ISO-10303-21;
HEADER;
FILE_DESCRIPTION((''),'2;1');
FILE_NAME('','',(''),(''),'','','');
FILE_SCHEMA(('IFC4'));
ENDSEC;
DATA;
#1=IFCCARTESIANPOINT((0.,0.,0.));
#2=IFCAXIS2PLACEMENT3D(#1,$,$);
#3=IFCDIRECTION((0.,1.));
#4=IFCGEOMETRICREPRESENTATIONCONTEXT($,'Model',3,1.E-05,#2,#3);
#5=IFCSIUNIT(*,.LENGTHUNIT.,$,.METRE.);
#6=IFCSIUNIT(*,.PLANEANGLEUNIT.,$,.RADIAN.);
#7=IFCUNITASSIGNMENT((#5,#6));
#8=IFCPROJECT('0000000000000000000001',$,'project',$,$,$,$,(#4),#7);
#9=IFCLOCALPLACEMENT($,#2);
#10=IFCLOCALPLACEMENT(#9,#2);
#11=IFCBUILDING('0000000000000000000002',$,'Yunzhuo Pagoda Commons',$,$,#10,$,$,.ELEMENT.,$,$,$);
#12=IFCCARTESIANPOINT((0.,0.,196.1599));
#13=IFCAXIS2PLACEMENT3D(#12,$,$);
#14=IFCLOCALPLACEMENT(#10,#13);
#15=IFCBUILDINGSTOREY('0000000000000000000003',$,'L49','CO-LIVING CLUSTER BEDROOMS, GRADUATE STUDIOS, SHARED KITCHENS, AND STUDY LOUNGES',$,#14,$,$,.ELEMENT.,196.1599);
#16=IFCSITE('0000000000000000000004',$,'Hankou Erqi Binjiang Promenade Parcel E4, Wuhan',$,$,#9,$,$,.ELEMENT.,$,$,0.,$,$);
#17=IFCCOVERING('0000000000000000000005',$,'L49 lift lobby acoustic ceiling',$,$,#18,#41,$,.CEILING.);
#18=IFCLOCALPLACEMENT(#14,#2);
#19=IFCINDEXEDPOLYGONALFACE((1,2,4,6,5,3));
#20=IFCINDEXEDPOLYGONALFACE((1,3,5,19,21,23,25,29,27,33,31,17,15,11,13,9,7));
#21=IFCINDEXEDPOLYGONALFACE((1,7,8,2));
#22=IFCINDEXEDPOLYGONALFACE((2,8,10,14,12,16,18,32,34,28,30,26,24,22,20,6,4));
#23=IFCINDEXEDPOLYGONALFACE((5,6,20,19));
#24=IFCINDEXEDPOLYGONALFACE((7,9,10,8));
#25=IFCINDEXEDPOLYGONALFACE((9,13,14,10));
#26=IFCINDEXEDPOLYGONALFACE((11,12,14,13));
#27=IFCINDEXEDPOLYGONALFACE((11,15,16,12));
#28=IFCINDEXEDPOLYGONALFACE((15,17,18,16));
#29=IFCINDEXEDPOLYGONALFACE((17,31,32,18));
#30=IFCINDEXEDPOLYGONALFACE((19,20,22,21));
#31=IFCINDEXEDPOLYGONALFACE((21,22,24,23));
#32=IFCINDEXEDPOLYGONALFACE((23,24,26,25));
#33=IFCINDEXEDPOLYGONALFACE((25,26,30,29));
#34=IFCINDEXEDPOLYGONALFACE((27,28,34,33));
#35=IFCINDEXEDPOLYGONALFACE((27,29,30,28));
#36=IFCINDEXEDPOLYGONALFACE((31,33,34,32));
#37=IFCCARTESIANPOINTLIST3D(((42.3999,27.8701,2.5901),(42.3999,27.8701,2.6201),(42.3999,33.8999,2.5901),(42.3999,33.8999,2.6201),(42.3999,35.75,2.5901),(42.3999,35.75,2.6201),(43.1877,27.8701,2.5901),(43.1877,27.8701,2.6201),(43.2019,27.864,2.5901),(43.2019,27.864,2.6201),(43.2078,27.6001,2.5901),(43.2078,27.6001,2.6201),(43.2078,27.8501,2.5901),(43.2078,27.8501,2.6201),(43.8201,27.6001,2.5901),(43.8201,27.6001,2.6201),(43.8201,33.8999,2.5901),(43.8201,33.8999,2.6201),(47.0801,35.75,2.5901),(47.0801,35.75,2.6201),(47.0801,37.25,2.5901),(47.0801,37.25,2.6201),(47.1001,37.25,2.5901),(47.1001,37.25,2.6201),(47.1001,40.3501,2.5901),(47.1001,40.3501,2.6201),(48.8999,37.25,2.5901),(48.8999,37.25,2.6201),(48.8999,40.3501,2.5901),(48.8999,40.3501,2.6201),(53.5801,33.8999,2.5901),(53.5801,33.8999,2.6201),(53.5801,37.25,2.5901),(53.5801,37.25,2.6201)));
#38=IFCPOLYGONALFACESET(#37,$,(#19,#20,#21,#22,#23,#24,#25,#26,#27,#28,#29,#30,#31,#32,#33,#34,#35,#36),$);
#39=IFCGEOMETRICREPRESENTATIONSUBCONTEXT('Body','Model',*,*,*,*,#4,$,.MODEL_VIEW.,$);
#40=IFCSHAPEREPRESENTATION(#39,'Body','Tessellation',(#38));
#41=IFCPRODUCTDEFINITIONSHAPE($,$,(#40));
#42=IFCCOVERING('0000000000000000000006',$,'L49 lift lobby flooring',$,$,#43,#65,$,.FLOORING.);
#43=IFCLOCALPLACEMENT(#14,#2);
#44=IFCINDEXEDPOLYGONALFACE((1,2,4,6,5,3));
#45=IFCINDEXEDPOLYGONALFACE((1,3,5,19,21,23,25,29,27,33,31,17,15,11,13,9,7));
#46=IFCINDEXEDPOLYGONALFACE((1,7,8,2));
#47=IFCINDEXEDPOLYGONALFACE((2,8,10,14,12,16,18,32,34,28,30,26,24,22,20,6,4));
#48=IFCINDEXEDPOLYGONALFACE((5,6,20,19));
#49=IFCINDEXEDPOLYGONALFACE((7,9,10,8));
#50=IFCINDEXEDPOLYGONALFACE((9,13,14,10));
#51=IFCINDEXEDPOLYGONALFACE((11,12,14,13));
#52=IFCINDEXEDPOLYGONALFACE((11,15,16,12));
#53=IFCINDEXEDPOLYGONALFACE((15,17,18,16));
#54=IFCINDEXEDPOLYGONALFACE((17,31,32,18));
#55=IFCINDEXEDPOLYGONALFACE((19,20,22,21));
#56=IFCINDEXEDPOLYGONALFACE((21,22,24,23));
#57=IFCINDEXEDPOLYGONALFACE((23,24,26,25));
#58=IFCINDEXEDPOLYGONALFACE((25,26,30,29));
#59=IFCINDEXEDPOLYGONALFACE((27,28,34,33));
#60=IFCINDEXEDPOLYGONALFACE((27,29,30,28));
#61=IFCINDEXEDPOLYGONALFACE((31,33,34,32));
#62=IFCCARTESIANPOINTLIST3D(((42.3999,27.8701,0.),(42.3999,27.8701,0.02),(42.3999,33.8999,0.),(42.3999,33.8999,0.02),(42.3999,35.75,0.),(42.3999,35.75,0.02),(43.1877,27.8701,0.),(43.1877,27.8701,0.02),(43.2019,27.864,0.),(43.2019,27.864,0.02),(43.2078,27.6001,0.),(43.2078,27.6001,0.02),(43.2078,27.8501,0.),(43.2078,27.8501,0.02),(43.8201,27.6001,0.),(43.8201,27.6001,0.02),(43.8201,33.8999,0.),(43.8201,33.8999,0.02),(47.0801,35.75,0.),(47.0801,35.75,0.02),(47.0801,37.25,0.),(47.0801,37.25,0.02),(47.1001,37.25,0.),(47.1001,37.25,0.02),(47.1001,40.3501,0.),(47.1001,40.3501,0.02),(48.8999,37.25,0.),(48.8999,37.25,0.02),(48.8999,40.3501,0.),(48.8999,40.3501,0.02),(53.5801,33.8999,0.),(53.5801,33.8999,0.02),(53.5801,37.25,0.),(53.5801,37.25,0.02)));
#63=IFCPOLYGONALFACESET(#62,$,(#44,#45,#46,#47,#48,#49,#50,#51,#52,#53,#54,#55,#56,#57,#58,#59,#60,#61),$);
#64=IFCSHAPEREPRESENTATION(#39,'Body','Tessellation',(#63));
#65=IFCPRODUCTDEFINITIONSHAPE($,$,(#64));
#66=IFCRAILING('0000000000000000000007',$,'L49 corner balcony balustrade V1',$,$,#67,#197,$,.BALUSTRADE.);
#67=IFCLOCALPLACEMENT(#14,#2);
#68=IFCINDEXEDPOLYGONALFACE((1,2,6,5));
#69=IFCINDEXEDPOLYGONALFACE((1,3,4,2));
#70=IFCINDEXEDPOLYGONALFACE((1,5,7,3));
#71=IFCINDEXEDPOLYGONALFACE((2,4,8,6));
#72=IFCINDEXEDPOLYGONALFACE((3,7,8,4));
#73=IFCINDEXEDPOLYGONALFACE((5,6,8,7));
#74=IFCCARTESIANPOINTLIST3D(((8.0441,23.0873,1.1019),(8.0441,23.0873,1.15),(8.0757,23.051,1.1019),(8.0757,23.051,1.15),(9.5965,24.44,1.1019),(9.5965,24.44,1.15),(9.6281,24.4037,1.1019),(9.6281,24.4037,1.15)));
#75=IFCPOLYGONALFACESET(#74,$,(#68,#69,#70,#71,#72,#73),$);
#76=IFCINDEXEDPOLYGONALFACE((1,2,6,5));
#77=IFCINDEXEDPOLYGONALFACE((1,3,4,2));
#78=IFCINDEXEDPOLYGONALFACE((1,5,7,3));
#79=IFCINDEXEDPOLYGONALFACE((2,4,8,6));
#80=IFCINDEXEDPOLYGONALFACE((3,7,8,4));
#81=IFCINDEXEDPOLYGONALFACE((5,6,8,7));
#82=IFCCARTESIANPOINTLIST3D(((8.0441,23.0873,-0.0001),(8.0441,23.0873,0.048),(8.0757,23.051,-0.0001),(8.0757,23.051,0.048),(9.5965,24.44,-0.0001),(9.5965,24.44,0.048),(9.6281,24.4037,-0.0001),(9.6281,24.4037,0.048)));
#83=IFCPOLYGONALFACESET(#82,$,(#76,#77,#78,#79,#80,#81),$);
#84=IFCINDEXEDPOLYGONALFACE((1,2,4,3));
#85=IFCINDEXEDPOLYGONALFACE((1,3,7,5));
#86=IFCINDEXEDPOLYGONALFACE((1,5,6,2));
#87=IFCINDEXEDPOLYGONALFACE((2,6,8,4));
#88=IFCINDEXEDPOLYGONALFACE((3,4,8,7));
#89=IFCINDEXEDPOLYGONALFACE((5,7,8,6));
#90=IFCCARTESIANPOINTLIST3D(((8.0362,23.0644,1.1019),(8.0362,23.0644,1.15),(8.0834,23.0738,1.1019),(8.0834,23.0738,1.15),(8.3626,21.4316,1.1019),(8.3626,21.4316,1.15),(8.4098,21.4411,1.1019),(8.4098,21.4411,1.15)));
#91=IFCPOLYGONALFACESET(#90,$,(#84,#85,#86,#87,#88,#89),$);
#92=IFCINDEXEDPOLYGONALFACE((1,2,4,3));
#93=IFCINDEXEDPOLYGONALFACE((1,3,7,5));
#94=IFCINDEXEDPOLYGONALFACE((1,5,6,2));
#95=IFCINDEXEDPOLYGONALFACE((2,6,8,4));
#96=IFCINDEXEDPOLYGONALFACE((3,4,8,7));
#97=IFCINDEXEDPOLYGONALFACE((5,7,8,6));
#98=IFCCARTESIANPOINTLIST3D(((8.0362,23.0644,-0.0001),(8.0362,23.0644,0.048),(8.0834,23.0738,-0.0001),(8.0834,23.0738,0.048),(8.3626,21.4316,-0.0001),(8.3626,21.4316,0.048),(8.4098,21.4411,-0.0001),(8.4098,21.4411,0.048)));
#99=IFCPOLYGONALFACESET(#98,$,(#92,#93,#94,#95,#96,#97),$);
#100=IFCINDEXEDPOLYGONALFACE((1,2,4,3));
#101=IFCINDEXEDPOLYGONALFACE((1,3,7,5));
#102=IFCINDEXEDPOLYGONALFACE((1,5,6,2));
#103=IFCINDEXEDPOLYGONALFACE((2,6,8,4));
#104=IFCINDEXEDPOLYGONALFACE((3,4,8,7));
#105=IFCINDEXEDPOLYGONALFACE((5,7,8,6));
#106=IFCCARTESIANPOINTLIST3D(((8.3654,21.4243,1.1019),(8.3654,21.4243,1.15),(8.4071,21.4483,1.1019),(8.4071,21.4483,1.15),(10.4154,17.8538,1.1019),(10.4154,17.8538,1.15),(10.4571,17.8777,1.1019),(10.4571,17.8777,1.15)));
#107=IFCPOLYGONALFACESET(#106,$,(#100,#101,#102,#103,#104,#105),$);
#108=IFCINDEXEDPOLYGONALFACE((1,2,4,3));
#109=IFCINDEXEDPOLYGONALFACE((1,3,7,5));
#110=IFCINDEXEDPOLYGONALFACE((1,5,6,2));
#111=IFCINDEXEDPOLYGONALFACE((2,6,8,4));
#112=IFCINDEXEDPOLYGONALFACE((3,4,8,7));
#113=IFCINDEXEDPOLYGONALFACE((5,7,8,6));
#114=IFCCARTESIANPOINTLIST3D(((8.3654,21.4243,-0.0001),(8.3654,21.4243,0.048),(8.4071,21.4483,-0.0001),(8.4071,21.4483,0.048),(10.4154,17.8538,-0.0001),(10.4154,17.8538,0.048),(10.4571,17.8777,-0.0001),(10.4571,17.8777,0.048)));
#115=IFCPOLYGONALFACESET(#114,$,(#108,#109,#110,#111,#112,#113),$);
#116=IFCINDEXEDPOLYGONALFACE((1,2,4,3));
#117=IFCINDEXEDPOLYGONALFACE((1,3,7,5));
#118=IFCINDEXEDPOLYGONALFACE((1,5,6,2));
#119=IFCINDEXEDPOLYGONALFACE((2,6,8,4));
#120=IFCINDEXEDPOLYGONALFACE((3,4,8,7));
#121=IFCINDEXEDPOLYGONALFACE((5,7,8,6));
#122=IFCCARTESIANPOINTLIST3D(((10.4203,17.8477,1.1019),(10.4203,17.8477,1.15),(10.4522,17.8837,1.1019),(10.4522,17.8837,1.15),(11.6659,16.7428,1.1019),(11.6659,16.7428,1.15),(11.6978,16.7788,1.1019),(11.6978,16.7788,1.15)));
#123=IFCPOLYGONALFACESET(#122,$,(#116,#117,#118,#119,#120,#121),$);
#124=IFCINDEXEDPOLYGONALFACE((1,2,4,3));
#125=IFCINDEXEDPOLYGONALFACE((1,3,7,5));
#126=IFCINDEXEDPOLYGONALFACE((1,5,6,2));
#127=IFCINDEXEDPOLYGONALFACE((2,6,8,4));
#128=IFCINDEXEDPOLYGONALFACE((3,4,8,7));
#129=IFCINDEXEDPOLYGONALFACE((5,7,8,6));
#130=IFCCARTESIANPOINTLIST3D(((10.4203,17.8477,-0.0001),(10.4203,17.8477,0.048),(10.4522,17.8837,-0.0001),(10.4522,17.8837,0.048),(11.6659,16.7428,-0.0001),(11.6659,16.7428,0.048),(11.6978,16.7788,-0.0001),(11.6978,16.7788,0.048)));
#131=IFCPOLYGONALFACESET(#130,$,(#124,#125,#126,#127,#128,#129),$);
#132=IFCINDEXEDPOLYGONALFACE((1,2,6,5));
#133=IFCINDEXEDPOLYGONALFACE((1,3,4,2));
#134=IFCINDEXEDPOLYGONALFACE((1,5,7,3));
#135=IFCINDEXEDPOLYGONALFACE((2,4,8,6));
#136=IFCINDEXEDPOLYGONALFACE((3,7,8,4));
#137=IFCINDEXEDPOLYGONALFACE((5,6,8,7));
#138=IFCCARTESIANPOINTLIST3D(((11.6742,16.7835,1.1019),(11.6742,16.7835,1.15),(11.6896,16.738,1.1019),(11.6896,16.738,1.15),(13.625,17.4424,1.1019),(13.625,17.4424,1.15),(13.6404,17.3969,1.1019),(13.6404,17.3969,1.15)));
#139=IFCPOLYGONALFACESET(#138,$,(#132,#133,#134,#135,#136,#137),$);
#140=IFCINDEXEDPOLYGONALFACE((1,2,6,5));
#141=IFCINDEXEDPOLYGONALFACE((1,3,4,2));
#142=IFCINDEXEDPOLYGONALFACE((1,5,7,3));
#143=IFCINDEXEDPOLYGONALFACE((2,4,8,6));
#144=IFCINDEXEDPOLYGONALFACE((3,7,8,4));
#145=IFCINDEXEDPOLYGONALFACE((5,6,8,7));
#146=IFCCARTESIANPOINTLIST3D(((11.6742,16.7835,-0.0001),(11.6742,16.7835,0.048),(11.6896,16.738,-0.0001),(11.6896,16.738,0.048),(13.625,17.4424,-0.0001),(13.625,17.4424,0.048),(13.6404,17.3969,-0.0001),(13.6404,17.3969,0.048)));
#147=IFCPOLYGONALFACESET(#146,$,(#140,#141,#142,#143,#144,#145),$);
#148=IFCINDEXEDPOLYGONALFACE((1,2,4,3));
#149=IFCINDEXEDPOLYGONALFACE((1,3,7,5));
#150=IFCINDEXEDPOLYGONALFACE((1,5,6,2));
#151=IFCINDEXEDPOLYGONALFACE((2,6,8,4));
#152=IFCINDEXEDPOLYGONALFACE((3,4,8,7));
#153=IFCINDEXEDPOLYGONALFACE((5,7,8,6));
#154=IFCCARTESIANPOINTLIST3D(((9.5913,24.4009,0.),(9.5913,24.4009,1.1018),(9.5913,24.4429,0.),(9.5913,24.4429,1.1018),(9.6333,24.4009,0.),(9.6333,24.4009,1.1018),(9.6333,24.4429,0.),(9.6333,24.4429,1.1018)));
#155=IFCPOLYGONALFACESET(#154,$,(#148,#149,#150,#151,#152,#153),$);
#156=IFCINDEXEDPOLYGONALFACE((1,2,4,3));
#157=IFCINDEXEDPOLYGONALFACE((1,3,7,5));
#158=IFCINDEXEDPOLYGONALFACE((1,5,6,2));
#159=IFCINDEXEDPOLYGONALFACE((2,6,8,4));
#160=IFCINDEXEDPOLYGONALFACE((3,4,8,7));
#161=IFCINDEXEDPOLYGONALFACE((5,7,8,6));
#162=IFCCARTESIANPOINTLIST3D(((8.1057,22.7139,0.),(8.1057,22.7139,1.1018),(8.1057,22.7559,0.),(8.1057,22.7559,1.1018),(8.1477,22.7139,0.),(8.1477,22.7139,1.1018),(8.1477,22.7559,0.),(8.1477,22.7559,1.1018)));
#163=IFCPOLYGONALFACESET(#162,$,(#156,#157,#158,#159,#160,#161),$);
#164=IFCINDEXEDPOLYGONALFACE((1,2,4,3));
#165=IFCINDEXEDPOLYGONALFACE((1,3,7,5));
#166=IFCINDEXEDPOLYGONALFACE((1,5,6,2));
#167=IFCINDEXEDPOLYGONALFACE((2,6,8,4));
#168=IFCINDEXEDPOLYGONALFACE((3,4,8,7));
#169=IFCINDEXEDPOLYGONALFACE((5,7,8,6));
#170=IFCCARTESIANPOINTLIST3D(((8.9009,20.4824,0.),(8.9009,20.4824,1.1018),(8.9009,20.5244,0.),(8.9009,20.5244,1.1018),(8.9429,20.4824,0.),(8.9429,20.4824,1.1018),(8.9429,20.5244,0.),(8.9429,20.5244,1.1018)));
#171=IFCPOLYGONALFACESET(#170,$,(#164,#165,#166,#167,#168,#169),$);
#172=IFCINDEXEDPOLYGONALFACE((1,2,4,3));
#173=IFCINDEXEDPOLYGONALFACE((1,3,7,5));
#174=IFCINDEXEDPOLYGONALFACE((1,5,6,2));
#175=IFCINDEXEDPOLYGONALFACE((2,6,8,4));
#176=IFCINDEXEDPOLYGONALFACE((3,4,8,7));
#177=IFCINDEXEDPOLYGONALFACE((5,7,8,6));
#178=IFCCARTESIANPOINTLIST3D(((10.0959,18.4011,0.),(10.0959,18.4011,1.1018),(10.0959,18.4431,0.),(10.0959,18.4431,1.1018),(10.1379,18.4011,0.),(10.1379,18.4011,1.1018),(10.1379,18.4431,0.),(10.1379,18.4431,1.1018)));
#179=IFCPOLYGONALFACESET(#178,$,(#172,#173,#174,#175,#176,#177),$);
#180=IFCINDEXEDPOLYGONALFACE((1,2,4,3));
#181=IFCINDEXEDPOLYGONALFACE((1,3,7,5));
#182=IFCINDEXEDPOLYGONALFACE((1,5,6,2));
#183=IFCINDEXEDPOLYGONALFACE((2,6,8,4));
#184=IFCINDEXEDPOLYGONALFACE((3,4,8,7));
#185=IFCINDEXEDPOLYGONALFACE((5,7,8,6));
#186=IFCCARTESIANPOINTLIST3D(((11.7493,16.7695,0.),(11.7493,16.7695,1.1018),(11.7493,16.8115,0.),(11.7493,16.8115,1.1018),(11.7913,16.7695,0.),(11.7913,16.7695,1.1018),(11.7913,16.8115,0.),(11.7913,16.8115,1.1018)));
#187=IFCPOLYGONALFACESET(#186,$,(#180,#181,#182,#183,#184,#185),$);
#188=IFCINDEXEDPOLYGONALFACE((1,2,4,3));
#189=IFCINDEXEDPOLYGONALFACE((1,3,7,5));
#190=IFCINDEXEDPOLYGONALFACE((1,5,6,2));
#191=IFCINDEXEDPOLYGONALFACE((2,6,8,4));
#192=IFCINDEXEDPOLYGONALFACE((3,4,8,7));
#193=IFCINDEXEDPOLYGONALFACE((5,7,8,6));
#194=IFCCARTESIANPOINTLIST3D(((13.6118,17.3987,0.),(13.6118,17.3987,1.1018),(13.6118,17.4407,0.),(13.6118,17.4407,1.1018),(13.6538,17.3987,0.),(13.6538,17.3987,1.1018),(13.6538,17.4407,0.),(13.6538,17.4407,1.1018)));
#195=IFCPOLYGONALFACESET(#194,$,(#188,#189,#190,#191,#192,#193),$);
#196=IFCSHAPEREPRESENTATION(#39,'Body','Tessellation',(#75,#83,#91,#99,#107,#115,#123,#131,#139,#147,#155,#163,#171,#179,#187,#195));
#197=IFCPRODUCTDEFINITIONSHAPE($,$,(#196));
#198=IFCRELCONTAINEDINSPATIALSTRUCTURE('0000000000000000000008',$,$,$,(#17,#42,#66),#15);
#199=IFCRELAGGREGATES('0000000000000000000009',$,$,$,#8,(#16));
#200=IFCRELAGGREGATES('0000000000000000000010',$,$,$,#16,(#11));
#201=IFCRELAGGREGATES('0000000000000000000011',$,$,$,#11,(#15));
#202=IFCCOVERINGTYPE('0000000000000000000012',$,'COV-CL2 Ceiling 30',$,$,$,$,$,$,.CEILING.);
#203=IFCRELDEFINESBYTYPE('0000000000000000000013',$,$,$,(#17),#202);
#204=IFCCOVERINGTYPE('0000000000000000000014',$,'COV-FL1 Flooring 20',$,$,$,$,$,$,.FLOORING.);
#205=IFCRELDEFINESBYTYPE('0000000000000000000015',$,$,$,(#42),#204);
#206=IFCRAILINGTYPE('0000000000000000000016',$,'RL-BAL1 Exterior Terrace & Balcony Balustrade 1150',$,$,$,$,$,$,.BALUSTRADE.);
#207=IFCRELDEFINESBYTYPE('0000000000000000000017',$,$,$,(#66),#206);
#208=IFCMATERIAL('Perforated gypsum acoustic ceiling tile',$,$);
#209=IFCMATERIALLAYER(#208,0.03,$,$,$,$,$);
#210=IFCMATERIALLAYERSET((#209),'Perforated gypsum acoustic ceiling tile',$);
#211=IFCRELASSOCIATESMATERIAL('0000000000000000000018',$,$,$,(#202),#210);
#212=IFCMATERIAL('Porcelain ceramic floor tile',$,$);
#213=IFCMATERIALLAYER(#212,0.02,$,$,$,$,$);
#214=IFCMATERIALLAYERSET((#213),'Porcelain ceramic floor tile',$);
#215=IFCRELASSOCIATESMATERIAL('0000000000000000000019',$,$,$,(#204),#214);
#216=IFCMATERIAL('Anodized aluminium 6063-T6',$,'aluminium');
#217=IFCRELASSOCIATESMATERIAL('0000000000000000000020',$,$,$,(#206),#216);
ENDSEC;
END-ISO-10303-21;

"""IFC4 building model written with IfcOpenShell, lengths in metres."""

from ifc_helpers import new_model, si_unit, direction, frame, origin, origin_2d, place, context, subcontext, project, spatial, polyline, rectangle, outline, extrude, material, layer, layer_set, type_object, element, save


model = new_model("IFC4")

# Units and contexts
model_context = context("Model", 3, precision=1e-05, world=origin(), true_north=direction((0.0, 1.0)))
body_context = subcontext(model_context, "Body", "Model", "MODEL_VIEW")
ifc_project = project(units=[si_unit("LENGTHUNIT", "METRE"), si_unit("PLANEANGLEUNIT", "RADIAN")], contexts=[model_context])

# Site, building, storey
site_placement = place(None, origin())
site = spatial("IfcSite", under=ifc_project, at=site_placement, Name="Hankou Erqi Binjiang Promenade Parcel E4, Wuhan", CompositionType="ELEMENT", RefElevation=0.0)
building_placement = place(site_placement, origin())
building = spatial("IfcBuilding", under=site, at=building_placement, Name="Yunzhuo Pagoda Commons", CompositionType="ELEMENT")
storey_placement = place(building_placement, frame((0.0, 0.0, 196.1599)))
storey = spatial("IfcBuildingStorey", under=building, at=storey_placement, Name="L49", Description="CO-LIVING CLUSTER BEDROOMS, GRADUATE STUDIOS, SHARED KITCHENS, AND STUDY LOUNGES", CompositionType="ELEMENT", Elevation=196.1599)

# Shared definitions
ifc_material_1 = material(Name="Anodized aluminium 6063-T6", Category="aluminium")

# Coverings
ifc_material_2 = material(Name="Perforated gypsum acoustic ceiling tile")
ifc_layer_1 = layer(ifc_material_2, 0.03)
ifc_layer_set_1 = layer_set([ifc_layer_1], Name="Perforated gypsum acoustic ceiling tile")
covering_type_1 = type_object("IfcCoveringType", Name="COV-CL2 Ceiling 30", PredefinedType="CEILING", material=ifc_layer_set_1)
covering_1_placement = place(storey_placement, frame((0.0, 0.0, 2.5901)))
element("IfcCovering", 1, at=covering_1_placement, inside=storey, type_object=covering_type_1, Name="L49 lift lobby acoustic ceiling", PredefinedType="CEILING", context=body_context, shape_type="SweptSolid", body=[
    extrude(outline(polyline([(42.3999, 35.75), (47.0801, 35.75), (47.0801, 37.25), (47.1001, 37.25), (47.1001, 40.3501), (48.8999, 40.3501), (48.8999, 37.25), (53.5801, 37.25), (53.5801, 33.8999), (43.8201, 33.8999), (43.8201, 27.6001), (43.2078, 27.6001), (43.2078, 27.8501), (43.2019, 27.864), (43.1877, 27.8701), (42.3999, 27.8701), (42.3999, 33.8999), (42.3999, 35.75)])), origin(), (0.0, 0.0, 1.0), 0.03),
])
ifc_material_3 = material(Name="Porcelain ceramic floor tile")
ifc_layer_2 = layer(ifc_material_3, 0.02)
ifc_layer_set_2 = layer_set([ifc_layer_2], Name="Porcelain ceramic floor tile")
covering_type_2 = type_object("IfcCoveringType", Name="COV-FL1 Flooring 20", PredefinedType="FLOORING", material=ifc_layer_set_2)
covering_2_placement = place(storey_placement, origin())
element("IfcCovering", 2, at=covering_2_placement, inside=storey, type_object=covering_type_2, Name="L49 lift lobby flooring", PredefinedType="FLOORING", context=body_context, shape_type="SweptSolid", body=[
    extrude(outline(polyline([(42.3999, 35.75), (47.0801, 35.75), (47.0801, 37.25), (47.1001, 37.25), (47.1001, 40.3501), (48.8999, 40.3501), (48.8999, 37.25), (53.5801, 37.25), (53.5801, 33.8999), (43.8201, 33.8999), (43.8201, 27.6001), (43.2078, 27.6001), (43.2078, 27.8501), (43.2019, 27.864), (43.1877, 27.8701), (42.3999, 27.8701), (42.3999, 33.8999), (42.3999, 35.75)])), origin(), (0.0, 0.0, 1.0), 0.02),
])

# Railing
railing_type = type_object("IfcRailingType", Name="RL-BAL1 Exterior Terrace & Balcony Balustrade 1150", PredefinedType="BALUSTRADE", material=ifc_material_1)
railing_placement = place(storey_placement, frame((9.6123, 24.4219, 0.0)))
element("IfcRailing", 3, at=railing_placement, inside=storey, type_object=railing_type, Name="L49 corner balcony balustrade V1", PredefinedType="BALUSTRADE", context=body_context, shape_type="SweptSolid", body=[
    extrude(rectangle(XDim=0.0481, YDim=0.0481, at=origin_2d()), frame((0.0, 0.0, 1.126), z_axis=(-0.753934, -0.65695, 0.0), x_axis=(0.65695, -0.753934, 0.0)), (0.0, 0.0, 1.0), 2.0591),
    extrude(rectangle(XDim=0.0481, YDim=0.0481, at=origin_2d()), frame((0.0, 0.0, 0.0239), z_axis=(-0.753934, -0.65695, 0.0), x_axis=(0.65695, -0.753934, 0.0)), (0.0, 0.0, 1.0), 2.0591),
    extrude(rectangle(XDim=0.0481, YDim=0.0481, at=origin_2d()), frame((-1.5525, -1.3528, 1.126), z_axis=(0.196032, -0.980598, 0.0), x_axis=(0.980598, 0.196032, 0.0)), (0.0, 0.0, 1.0), 1.665),
    extrude(rectangle(XDim=0.0481, YDim=0.0481, at=origin_2d()), frame((-1.5525, -1.3528, 0.0239), z_axis=(0.196032, -0.980598, 0.0), x_axis=(0.980598, 0.196032, 0.0)), (0.0, 0.0, 1.0), 1.665),
    extrude(rectangle(XDim=0.0481, YDim=0.0481, at=origin_2d()), frame((-1.2261, -2.9856, 1.126), z_axis=(0.49792, -0.867223, 0.0), x_axis=(0.867223, 0.49792, 0.0)), (0.0, 0.0, 1.0), 4.1172),
    extrude(rectangle(XDim=0.0481, YDim=0.0481, at=origin_2d()), frame((-1.2261, -2.9856, 0.0239), z_axis=(0.49792, -0.867223, 0.0), x_axis=(0.867223, 0.49792, 0.0)), (0.0, 0.0, 1.0), 4.1172),
    extrude(rectangle(XDim=0.0481, YDim=0.0481, at=origin_2d()), frame((0.824, -6.5562, 1.126), z_axis=(0.748072, -0.663617, 0.0), x_axis=(0.663617, 0.748072, 0.0)), (0.0, 0.0, 1.0), 1.665),
    extrude(rectangle(XDim=0.0481, YDim=0.0481, at=origin_2d()), frame((0.824, -6.5562, 0.0239), z_axis=(0.748072, -0.663617, 0.0), x_axis=(0.663617, 0.748072, 0.0)), (0.0, 0.0, 1.0), 1.665),
    extrude(rectangle(XDim=0.0481, YDim=0.0481, at=origin_2d()), frame((2.0696, -7.6611, 1.126), z_axis=(0.947419, 0.319996, 0.0), x_axis=(-0.319996, 0.947419, 0.0)), (0.0, 0.0, 1.0), 2.0591),
    extrude(rectangle(XDim=0.0481, YDim=0.0481, at=origin_2d()), frame((2.0696, -7.6611, 0.0239), z_axis=(0.947419, 0.319996, 0.0), x_axis=(-0.319996, 0.947419, 0.0)), (0.0, 0.0, 1.0), 2.0591),
    extrude(rectangle(XDim=0.042, YDim=0.042, at=origin_2d()), origin(), (0.0, 0.0, 1.0), 1.1018),
    extrude(rectangle(XDim=0.042, YDim=0.042, at=origin_2d()), frame((-1.4856, -1.687, 0.0)), (0.0, 0.0, 1.0), 1.1018),
    extrude(rectangle(XDim=0.042, YDim=0.042, at=origin_2d()), frame((-0.6904, -3.9185, 0.0)), (0.0, 0.0, 1.0), 1.1018),
    extrude(rectangle(XDim=0.042, YDim=0.042, at=origin_2d()), frame((0.5046, -5.9998, 0.0)), (0.0, 0.0, 1.0), 1.1018),
    extrude(rectangle(XDim=0.042, YDim=0.042, at=origin_2d()), frame((2.158, -7.6313, 0.0)), (0.0, 0.0, 1.0), 1.1018),
    extrude(rectangle(XDim=0.042, YDim=0.042, at=origin_2d()), frame((4.0205, -7.0022, 0.0)), (0.0, 0.0, 1.0), 1.1018),
])

save(model, "model.ifc")
